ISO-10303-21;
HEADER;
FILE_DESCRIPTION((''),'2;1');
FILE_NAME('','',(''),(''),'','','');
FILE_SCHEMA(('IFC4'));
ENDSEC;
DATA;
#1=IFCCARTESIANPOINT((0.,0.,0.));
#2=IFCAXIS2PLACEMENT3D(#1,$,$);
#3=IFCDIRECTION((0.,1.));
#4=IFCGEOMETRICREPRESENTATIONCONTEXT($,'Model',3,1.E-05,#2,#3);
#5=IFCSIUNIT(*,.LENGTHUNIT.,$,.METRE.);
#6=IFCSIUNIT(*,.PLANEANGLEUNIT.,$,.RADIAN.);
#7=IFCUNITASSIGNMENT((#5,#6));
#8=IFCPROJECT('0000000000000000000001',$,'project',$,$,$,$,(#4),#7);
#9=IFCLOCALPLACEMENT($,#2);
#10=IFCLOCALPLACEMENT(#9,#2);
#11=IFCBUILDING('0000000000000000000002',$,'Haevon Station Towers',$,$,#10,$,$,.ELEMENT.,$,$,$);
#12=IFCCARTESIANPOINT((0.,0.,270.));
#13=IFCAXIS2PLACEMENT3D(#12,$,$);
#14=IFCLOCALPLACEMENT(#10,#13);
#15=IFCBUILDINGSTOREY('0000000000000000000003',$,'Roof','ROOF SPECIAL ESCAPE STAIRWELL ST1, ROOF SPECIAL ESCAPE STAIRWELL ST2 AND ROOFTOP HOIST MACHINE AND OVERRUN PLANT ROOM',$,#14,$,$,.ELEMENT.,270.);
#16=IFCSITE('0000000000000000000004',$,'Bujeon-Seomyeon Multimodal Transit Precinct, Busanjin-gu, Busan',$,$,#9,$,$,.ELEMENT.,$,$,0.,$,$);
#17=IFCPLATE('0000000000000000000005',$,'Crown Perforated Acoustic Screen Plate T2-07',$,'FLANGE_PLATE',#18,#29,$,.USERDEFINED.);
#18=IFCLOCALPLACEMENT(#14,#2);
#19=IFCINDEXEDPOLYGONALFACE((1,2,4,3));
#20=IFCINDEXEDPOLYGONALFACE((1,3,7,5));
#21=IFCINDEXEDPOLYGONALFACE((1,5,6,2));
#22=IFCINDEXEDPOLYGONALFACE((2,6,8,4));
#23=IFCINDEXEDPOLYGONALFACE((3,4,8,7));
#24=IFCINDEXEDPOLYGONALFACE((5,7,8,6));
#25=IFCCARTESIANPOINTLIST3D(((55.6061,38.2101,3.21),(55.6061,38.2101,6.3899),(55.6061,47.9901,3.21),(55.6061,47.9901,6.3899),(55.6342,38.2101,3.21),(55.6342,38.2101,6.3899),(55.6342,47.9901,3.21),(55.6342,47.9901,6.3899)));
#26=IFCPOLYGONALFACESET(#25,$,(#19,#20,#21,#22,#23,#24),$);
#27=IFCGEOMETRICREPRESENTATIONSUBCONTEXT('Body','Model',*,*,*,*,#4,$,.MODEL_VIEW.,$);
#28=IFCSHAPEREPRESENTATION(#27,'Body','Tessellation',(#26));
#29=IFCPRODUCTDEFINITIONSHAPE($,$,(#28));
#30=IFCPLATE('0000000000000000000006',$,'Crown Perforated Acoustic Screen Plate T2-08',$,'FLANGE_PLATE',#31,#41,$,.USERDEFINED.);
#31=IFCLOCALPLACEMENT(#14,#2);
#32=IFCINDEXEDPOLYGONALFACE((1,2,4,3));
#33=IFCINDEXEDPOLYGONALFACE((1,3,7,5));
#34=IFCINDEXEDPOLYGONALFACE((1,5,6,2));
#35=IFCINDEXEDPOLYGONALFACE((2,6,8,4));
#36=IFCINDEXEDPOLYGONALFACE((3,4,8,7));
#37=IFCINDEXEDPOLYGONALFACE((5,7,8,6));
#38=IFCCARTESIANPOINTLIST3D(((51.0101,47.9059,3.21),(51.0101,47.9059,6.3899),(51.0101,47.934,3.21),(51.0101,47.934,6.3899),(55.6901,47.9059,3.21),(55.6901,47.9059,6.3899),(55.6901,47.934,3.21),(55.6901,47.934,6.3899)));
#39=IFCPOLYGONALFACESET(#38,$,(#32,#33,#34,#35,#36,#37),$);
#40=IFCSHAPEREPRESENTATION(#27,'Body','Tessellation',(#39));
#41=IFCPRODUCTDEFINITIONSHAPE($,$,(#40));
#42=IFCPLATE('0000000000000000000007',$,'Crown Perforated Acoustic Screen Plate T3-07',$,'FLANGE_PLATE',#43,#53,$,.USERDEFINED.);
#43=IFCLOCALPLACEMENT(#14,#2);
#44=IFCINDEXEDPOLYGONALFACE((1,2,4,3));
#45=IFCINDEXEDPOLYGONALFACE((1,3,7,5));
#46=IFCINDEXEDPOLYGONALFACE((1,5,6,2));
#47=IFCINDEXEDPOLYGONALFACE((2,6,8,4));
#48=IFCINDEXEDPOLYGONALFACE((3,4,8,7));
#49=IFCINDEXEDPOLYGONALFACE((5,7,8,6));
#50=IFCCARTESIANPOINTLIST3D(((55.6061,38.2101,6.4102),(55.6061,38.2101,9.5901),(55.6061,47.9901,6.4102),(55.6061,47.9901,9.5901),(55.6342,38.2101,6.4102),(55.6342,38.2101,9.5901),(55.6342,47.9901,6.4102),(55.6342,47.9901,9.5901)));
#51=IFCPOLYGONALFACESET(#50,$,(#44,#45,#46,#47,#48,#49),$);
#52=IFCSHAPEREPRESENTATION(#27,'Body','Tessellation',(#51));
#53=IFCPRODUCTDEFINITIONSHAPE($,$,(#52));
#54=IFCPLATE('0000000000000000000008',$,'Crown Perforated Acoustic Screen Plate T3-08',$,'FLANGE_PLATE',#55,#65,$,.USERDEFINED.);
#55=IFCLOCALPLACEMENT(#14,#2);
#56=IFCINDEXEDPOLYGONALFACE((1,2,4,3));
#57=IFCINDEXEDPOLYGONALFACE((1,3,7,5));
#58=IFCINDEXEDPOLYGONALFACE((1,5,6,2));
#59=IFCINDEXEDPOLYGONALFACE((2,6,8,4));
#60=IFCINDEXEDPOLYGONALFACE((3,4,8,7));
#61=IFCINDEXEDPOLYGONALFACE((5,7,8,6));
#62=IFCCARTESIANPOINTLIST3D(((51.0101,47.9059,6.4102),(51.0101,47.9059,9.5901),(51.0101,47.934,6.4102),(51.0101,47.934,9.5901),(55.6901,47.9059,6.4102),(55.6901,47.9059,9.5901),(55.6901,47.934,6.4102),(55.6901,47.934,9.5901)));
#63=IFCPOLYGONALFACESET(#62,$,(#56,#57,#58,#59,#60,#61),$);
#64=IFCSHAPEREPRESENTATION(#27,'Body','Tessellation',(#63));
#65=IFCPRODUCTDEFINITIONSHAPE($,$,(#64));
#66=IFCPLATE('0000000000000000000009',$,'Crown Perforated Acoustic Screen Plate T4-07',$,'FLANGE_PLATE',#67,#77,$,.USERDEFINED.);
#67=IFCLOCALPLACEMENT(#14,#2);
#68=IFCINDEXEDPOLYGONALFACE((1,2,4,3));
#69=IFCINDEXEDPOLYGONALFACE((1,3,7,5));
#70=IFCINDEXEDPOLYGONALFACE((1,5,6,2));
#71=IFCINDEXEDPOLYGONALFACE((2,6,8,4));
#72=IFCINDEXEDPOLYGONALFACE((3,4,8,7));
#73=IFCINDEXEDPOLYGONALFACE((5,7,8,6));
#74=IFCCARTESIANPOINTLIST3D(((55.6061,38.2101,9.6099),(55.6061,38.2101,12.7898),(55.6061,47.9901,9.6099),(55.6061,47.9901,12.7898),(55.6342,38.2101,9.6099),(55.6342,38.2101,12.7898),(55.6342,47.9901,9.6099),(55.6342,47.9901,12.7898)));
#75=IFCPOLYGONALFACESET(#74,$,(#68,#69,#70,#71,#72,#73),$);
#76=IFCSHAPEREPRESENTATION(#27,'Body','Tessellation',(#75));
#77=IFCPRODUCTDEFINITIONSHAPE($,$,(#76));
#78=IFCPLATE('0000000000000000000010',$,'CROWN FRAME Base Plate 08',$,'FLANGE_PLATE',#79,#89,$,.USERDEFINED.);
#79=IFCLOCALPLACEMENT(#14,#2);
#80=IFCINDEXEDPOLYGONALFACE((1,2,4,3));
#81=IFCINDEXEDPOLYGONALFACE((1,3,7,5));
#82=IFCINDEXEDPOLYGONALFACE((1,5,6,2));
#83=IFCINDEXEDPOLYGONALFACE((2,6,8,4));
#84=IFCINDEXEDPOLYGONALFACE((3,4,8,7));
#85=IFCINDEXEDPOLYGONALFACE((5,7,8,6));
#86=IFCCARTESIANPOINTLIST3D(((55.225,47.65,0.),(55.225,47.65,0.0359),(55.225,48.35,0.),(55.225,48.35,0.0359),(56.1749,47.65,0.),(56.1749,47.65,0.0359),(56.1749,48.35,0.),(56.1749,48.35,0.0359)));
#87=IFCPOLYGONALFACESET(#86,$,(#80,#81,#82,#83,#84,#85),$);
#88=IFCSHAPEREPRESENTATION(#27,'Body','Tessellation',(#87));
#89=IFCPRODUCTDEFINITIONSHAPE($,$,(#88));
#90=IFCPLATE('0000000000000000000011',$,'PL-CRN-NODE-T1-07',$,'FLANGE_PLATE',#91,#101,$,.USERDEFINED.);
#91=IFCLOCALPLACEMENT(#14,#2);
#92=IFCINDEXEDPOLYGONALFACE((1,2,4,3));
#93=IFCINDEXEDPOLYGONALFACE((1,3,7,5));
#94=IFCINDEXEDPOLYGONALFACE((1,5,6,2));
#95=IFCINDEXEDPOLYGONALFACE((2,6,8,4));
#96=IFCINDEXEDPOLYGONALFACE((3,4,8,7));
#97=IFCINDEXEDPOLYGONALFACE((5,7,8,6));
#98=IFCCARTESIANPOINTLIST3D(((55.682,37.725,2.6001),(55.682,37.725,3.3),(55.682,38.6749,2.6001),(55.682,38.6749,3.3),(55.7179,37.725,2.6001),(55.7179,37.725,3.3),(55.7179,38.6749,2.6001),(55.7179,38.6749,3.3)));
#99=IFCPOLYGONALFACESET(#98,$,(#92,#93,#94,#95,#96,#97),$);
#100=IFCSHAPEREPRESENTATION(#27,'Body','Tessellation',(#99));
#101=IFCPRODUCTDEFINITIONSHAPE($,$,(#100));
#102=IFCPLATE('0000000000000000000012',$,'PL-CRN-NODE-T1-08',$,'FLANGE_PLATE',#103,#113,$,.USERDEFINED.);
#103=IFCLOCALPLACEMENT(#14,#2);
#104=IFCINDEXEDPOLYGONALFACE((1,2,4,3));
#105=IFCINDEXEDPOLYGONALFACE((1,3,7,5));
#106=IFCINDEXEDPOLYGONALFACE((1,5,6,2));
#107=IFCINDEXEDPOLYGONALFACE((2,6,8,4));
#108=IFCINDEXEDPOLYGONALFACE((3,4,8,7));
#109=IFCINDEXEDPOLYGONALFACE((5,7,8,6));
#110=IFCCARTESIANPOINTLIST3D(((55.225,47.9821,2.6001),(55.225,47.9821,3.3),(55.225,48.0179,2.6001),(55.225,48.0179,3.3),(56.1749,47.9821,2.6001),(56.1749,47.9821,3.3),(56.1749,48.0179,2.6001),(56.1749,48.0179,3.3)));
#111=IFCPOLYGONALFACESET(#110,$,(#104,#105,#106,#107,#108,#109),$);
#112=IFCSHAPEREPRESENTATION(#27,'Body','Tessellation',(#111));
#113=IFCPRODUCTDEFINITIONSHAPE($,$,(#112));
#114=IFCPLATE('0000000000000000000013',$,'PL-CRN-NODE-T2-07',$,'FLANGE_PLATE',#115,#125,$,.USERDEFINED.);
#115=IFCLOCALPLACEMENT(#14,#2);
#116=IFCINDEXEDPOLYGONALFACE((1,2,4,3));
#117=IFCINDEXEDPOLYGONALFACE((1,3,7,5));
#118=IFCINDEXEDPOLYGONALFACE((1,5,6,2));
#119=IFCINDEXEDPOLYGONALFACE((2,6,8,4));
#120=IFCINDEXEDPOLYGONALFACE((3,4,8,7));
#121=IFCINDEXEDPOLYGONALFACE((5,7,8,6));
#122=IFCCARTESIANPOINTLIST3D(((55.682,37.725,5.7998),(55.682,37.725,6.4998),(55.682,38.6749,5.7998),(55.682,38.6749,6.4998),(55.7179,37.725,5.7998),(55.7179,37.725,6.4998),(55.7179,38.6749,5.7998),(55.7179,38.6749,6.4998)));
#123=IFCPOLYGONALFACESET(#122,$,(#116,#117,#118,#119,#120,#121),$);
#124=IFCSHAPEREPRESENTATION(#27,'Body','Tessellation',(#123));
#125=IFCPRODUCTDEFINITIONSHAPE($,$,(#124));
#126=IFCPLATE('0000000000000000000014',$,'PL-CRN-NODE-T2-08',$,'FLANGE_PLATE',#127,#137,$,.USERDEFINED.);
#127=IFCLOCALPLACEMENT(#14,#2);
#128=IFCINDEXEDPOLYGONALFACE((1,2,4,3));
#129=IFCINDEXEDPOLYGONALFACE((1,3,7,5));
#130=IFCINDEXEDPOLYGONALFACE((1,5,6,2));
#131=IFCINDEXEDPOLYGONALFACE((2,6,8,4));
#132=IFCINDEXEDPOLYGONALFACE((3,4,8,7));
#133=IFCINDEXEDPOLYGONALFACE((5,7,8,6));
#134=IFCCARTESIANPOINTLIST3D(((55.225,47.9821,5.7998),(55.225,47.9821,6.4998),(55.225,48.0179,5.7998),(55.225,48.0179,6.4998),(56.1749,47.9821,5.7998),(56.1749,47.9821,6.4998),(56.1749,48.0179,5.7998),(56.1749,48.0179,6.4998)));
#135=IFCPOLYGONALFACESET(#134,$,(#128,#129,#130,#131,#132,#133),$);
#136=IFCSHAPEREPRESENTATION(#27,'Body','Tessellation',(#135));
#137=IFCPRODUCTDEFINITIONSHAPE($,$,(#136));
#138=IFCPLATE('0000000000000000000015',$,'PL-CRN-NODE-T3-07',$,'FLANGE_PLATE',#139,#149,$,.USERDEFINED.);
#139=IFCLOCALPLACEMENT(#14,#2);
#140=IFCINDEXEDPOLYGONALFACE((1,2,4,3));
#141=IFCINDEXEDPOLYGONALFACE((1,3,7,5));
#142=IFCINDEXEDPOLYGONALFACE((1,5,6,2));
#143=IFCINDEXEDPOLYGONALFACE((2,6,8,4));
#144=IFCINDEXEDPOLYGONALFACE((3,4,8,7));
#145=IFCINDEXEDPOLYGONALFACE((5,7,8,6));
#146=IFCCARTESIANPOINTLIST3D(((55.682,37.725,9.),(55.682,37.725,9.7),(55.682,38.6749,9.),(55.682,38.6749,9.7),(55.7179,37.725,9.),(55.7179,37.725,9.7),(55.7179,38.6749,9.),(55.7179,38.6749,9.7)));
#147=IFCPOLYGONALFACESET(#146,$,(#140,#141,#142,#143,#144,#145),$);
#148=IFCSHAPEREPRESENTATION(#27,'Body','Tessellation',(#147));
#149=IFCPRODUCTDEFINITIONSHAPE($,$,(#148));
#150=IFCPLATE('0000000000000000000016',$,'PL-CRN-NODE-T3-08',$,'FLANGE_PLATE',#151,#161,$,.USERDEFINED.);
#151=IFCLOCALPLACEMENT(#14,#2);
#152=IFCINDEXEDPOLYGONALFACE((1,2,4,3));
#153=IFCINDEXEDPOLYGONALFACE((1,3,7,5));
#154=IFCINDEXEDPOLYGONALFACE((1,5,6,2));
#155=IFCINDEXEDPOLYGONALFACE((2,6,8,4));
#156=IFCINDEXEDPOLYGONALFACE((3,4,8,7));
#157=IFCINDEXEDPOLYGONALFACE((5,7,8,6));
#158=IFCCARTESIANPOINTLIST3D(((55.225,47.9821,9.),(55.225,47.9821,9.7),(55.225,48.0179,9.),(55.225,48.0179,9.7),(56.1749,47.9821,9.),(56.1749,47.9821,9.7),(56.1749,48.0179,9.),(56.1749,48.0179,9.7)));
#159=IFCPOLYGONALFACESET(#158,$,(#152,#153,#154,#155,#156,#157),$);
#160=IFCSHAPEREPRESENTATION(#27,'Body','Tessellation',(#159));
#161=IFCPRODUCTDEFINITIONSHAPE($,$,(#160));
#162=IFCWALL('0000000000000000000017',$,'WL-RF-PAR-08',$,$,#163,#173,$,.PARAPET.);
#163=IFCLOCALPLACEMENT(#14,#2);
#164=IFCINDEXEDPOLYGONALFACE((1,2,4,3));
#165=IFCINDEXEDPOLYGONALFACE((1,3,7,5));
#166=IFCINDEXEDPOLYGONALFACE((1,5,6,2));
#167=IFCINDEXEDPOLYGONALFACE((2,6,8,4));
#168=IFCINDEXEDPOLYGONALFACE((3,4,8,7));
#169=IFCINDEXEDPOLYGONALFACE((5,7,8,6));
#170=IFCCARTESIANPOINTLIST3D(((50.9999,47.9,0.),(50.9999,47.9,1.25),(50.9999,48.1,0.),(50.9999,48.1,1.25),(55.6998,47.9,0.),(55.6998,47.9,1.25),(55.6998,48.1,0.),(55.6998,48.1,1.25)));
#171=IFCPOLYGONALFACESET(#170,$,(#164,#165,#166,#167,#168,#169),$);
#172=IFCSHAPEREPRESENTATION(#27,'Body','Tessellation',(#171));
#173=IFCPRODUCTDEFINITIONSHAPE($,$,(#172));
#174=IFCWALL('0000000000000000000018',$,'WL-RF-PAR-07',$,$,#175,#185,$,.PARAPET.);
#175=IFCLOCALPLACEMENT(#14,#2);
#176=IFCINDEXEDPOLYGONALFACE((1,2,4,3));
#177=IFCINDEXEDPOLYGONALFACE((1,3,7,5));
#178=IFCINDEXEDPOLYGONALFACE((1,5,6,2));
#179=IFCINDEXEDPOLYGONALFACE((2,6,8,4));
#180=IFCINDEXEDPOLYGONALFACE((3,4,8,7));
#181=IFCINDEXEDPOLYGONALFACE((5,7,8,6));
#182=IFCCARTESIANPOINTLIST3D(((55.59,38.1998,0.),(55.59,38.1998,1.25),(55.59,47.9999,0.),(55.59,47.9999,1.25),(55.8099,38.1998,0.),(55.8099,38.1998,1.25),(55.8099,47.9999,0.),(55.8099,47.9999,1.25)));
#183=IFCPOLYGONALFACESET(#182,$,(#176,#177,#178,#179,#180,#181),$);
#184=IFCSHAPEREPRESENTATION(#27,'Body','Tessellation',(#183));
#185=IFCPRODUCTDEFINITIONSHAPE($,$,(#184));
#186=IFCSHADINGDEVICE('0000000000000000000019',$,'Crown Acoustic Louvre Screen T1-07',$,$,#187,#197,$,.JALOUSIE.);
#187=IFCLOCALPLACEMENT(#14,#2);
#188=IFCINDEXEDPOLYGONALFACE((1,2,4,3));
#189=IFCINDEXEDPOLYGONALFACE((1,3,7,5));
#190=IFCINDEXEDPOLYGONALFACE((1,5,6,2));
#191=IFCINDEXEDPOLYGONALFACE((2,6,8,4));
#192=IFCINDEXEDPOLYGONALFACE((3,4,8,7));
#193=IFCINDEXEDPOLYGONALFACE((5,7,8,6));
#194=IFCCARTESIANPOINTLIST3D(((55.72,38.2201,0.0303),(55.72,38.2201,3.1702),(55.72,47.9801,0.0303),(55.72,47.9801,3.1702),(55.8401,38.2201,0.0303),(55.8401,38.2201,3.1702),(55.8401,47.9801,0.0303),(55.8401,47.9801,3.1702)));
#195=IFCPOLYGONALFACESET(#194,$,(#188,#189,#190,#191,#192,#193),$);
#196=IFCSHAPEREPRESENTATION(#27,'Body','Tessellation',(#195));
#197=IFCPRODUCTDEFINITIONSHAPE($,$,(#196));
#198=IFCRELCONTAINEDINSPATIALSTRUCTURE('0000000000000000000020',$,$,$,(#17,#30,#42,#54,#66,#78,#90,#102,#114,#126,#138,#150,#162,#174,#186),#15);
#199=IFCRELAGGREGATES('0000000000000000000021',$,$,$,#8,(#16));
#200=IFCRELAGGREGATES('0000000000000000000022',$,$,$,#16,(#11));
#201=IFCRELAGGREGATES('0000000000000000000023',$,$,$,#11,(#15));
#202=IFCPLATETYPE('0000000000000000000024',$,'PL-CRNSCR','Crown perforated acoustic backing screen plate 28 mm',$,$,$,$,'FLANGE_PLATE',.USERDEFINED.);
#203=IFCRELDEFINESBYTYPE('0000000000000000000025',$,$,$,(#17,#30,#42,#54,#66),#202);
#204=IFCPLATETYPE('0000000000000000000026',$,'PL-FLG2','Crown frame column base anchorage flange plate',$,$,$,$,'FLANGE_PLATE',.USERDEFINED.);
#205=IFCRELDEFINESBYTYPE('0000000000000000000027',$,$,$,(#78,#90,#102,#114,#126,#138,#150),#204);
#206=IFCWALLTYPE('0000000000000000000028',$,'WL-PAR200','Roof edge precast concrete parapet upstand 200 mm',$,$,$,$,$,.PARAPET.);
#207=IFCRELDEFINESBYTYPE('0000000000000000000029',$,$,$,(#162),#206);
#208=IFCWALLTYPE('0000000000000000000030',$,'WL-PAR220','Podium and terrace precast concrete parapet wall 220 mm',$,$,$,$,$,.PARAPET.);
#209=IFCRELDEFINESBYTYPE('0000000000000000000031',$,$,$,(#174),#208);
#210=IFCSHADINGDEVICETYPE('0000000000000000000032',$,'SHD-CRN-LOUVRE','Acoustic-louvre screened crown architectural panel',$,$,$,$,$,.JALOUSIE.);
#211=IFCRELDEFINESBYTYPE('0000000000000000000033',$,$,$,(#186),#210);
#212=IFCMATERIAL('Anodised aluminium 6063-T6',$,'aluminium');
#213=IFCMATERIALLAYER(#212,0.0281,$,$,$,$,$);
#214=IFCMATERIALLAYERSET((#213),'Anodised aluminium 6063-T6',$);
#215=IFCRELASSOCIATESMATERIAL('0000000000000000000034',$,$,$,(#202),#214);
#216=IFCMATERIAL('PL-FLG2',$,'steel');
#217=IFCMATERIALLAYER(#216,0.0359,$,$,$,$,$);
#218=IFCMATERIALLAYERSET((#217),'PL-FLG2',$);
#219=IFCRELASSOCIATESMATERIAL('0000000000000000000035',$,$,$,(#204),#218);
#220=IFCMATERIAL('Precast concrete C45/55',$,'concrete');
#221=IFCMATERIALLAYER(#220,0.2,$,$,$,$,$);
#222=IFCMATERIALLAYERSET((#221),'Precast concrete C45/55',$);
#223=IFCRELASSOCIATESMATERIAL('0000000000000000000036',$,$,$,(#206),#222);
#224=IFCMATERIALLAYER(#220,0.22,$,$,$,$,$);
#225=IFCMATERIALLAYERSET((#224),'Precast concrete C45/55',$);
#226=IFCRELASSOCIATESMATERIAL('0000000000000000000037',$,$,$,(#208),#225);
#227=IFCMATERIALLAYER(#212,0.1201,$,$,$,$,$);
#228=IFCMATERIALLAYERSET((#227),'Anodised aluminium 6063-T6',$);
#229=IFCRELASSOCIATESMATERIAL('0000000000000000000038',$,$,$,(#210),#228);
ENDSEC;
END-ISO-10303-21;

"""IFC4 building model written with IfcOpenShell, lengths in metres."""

from ifc_helpers import new_model, si_unit, direction, frame, frame_2d, origin, origin_2d, place, context, subcontext, project, spatial, rectangle, extrude, material, layer, layer_set, type_object, element, save


model = new_model("IFC4")

# Units and contexts
model_context = context("Model", 3, precision=1e-05, world=origin(), true_north=direction((0.0, 1.0)))
body_context = subcontext(model_context, "Body", "Model", "MODEL_VIEW")
ifc_project = project(units=[si_unit("LENGTHUNIT", "METRE"), si_unit("PLANEANGLEUNIT", "RADIAN")], contexts=[model_context])

# Site, building, storey
site_placement = place(None, origin())
site = spatial("IfcSite", under=ifc_project, at=site_placement, Name="Bujeon-Seomyeon Multimodal Transit Precinct, Busanjin-gu, Busan", CompositionType="ELEMENT", RefElevation=0.0)
building_placement = place(site_placement, origin())
building = spatial("IfcBuilding", under=site, at=building_placement, Name="Haevon Station Towers", CompositionType="ELEMENT")
storey_placement = place(building_placement, frame((0.0, 0.0, 270.0)))
storey = spatial("IfcBuildingStorey", under=building, at=storey_placement, Name="Roof", Description="ROOF SPECIAL ESCAPE STAIRWELL ST1, ROOF SPECIAL ESCAPE STAIRWELL ST2 AND ROOFTOP HOIST MACHINE AND OVERRUN PLANT ROOM", CompositionType="ELEMENT", Elevation=270.0)

# Plates
ifc_material_1 = material(Name="Anodised aluminium 6063-T6", Category="aluminium")
ifc_layer_1 = layer(ifc_material_1, 0.0281)
ifc_layer_set_1 = layer_set([ifc_layer_1], Name="Anodised aluminium 6063-T6")
plate_type_1 = type_object("IfcPlateType", Name="PL-CRNSCR", Description="Crown perforated acoustic backing screen plate 28 mm", ElementType="FLANGE_PLATE", PredefinedType="USERDEFINED", material=ifc_layer_set_1)
plate_1_placement = place(storey_placement, frame((55.6201, 43.1001, 3.21), z_axis=(0.0, 0.0, 1.0), x_axis=(0.0, 1.0, 0.0)))
element("IfcPlate", 1, at=plate_1_placement, inside=storey, type_object=plate_type_1, Name="Crown Perforated Acoustic Screen Plate T2-07", ObjectType="FLANGE_PLATE", PredefinedType="USERDEFINED", context=body_context, shape_type="SweptSolid", body=[
    extrude(rectangle(XDim=9.78, YDim=0.0281, at=origin_2d()), origin(), (0.0, 0.0, 1.0), 3.1799),
])
plate_2_placement = place(storey_placement, frame((53.3501, 47.9199, 3.21), z_axis=(0.0, 0.0, 1.0), x_axis=(-1.0, 0.0, 0.0)))
element("IfcPlate", 2, at=plate_2_placement, inside=storey, type_object=plate_type_1, Name="Crown Perforated Acoustic Screen Plate T2-08", ObjectType="FLANGE_PLATE", PredefinedType="USERDEFINED", context=body_context, shape_type="SweptSolid", body=[
    extrude(rectangle(XDim=4.6799, YDim=0.0281, at=origin_2d()), origin(), (0.0, 0.0, 1.0), 3.1799),
])
plate_3_placement = place(storey_placement, frame((55.6201, 43.1001, 6.4102), z_axis=(0.0, 0.0, 1.0), x_axis=(0.0, 1.0, 0.0)))
element("IfcPlate", 3, at=plate_3_placement, inside=storey, type_object=plate_type_1, Name="Crown Perforated Acoustic Screen Plate T3-07", ObjectType="FLANGE_PLATE", PredefinedType="USERDEFINED", context=body_context, shape_type="SweptSolid", body=[
    extrude(rectangle(XDim=9.78, YDim=0.0281, at=origin_2d()), origin(), (0.0, 0.0, 1.0), 3.1799),
])
plate_4_placement = place(storey_placement, frame((53.3501, 47.9199, 6.4102), z_axis=(0.0, 0.0, 1.0), x_axis=(-1.0, 0.0, 0.0)))
element("IfcPlate", 4, at=plate_4_placement, inside=storey, type_object=plate_type_1, Name="Crown Perforated Acoustic Screen Plate T3-08", ObjectType="FLANGE_PLATE", PredefinedType="USERDEFINED", context=body_context, shape_type="SweptSolid", body=[
    extrude(rectangle(XDim=4.6799, YDim=0.0281, at=origin_2d()), origin(), (0.0, 0.0, 1.0), 3.1799),
])
plate_5_placement = place(storey_placement, frame((55.6201, 43.1001, 9.6099), z_axis=(0.0, 0.0, 1.0), x_axis=(0.0, 1.0, 0.0)))
element("IfcPlate", 5, at=plate_5_placement, inside=storey, type_object=plate_type_1, Name="Crown Perforated Acoustic Screen Plate T4-07", ObjectType="FLANGE_PLATE", PredefinedType="USERDEFINED", context=body_context, shape_type="SweptSolid", body=[
    extrude(rectangle(XDim=9.78, YDim=0.0281, at=origin_2d()), origin(), (0.0, 0.0, 1.0), 3.1799),
])
ifc_material_2 = material(Name="PL-FLG2", Category="steel")
ifc_layer_2 = layer(ifc_material_2, 0.0359)
ifc_layer_set_2 = layer_set([ifc_layer_2], Name="PL-FLG2")
plate_type_2 = type_object("IfcPlateType", Name="PL-FLG2", Description="Crown frame column base anchorage flange plate", ElementType="FLANGE_PLATE", PredefinedType="USERDEFINED", material=ifc_layer_set_2)
plate_6_placement = place(storey_placement, frame((55.7, 48.0, 0.0), z_axis=(0.0, 0.0, 1.0), x_axis=(1.0, 0.0, 0.0)))
element("IfcPlate", 6, at=plate_6_placement, inside=storey, type_object=plate_type_2, Name="CROWN FRAME Base Plate 08", ObjectType="FLANGE_PLATE", PredefinedType="USERDEFINED", context=body_context, shape_type="SweptSolid", body=[
    extrude(rectangle(XDim=0.95, YDim=0.7, at=origin_2d()), origin(), (0.0, 0.0, 1.0), 0.0359),
])
for number, where, z_axis, x_axis, name in (
    (7, (55.7, 38.2, 2.6001), (0.0, 0.0, 1.0), (0.0, 1.0, 0.0), "PL-CRN-NODE-T1-07"),
    (8, (55.7, 48.0, 2.6001), (0.0, 0.0, 1.0), (-1.0, 0.0, 0.0), "PL-CRN-NODE-T1-08"),
    (9, (55.7, 38.2, 5.7998), (0.0, 0.0, 1.0), (0.0, 1.0, 0.0), "PL-CRN-NODE-T2-07"),
    (10, (55.7, 48.0, 5.7998), (0.0, 0.0, 1.0), (-1.0, 0.0, 0.0), "PL-CRN-NODE-T2-08"),
    (11, (55.7, 38.2, 9.0), (0.0, 0.0, 1.0), (0.0, 1.0, 0.0), "PL-CRN-NODE-T3-07"),
    (12, (55.7, 48.0, 9.0), (0.0, 0.0, 1.0), (-1.0, 0.0, 0.0), "PL-CRN-NODE-T3-08"),
):
    element("IfcPlate", number, at=place(storey_placement, frame(where, z_axis=z_axis, x_axis=x_axis)), inside=storey, type_object=plate_type_2, Name=name, ObjectType="FLANGE_PLATE", PredefinedType="USERDEFINED", context=body_context, shape_type="SweptSolid", body=[
        extrude(rectangle(XDim=0.95, YDim=0.0359, at=origin_2d()), origin(), (0.0, 0.0, 1.0), 0.7),
    ])

# Walls
ifc_material_3 = material(Name="Precast concrete C45/55", Category="concrete")
ifc_layer_3 = layer(ifc_material_3, 0.2)
ifc_layer_set_3 = layer_set([ifc_layer_3], Name="Precast concrete C45/55")
wall_type_1 = type_object("IfcWallType", Name="WL-PAR200", Description="Roof edge precast concrete parapet upstand 200 mm", PredefinedType="PARAPET", material=ifc_layer_set_3)
wall_1_placement = place(storey_placement, frame((55.7, 48.0, 0.0), z_axis=(0.0, 0.0, 1.0), x_axis=(-1.0, 0.0, 0.0)))
element("IfcWall", 13, at=wall_1_placement, inside=storey, type_object=wall_type_1, Name="WL-RF-PAR-08", PredefinedType="PARAPET", context=body_context, shape_type="SweptSolid", body=[
    extrude(rectangle(XDim=4.7, YDim=0.2, at=frame_2d((2.3501, 0.0))), origin(), (0.0, 0.0, 1.0), 1.25),
])
ifc_layer_4 = layer(ifc_material_3, 0.22)
ifc_layer_set_4 = layer_set([ifc_layer_4], Name="Precast concrete C45/55")
wall_type_2 = type_object("IfcWallType", Name="WL-PAR220", Description="Podium and terrace precast concrete parapet wall 220 mm", PredefinedType="PARAPET", material=ifc_layer_set_4)
wall_2_placement = place(storey_placement, frame((55.7, 38.2, 0.0), z_axis=(0.0, 0.0, 1.0), x_axis=(0.0, 1.0, 0.0)))
element("IfcWall", 14, at=wall_2_placement, inside=storey, type_object=wall_type_2, Name="WL-RF-PAR-07", PredefinedType="PARAPET", context=body_context, shape_type="SweptSolid", body=[
    extrude(rectangle(XDim=9.8, YDim=0.22, at=frame_2d((4.8999, 0.0))), origin(), (0.0, 0.0, 1.0), 1.25),
])

# Shading device
ifc_layer_5 = layer(ifc_material_1, 0.1201)
ifc_layer_set_5 = layer_set([ifc_layer_5], Name="Anodised aluminium 6063-T6")
shading_device_type = type_object("IfcShadingDeviceType", Name="SHD-CRN-LOUVRE", Description="Acoustic-louvre screened crown architectural panel", PredefinedType="JALOUSIE", material=ifc_layer_set_5)
shading_device_1_placement = place(storey_placement, frame((55.78, 43.1001, 0.0303), z_axis=(0.0, 0.0, 1.0), x_axis=(0.0, 1.0, 0.0)))
element("IfcShadingDevice", 15, at=shading_device_1_placement, inside=storey, type_object=shading_device_type, Name="Crown Acoustic Louvre Screen T1-07", PredefinedType="JALOUSIE", context=body_context, shape_type="SweptSolid", body=[
    extrude(rectangle(XDim=9.76, YDim=0.1201, at=origin_2d()), origin(), (0.0, 0.0, 1.0), 3.1399),
])

save(model, "model.ifc")
